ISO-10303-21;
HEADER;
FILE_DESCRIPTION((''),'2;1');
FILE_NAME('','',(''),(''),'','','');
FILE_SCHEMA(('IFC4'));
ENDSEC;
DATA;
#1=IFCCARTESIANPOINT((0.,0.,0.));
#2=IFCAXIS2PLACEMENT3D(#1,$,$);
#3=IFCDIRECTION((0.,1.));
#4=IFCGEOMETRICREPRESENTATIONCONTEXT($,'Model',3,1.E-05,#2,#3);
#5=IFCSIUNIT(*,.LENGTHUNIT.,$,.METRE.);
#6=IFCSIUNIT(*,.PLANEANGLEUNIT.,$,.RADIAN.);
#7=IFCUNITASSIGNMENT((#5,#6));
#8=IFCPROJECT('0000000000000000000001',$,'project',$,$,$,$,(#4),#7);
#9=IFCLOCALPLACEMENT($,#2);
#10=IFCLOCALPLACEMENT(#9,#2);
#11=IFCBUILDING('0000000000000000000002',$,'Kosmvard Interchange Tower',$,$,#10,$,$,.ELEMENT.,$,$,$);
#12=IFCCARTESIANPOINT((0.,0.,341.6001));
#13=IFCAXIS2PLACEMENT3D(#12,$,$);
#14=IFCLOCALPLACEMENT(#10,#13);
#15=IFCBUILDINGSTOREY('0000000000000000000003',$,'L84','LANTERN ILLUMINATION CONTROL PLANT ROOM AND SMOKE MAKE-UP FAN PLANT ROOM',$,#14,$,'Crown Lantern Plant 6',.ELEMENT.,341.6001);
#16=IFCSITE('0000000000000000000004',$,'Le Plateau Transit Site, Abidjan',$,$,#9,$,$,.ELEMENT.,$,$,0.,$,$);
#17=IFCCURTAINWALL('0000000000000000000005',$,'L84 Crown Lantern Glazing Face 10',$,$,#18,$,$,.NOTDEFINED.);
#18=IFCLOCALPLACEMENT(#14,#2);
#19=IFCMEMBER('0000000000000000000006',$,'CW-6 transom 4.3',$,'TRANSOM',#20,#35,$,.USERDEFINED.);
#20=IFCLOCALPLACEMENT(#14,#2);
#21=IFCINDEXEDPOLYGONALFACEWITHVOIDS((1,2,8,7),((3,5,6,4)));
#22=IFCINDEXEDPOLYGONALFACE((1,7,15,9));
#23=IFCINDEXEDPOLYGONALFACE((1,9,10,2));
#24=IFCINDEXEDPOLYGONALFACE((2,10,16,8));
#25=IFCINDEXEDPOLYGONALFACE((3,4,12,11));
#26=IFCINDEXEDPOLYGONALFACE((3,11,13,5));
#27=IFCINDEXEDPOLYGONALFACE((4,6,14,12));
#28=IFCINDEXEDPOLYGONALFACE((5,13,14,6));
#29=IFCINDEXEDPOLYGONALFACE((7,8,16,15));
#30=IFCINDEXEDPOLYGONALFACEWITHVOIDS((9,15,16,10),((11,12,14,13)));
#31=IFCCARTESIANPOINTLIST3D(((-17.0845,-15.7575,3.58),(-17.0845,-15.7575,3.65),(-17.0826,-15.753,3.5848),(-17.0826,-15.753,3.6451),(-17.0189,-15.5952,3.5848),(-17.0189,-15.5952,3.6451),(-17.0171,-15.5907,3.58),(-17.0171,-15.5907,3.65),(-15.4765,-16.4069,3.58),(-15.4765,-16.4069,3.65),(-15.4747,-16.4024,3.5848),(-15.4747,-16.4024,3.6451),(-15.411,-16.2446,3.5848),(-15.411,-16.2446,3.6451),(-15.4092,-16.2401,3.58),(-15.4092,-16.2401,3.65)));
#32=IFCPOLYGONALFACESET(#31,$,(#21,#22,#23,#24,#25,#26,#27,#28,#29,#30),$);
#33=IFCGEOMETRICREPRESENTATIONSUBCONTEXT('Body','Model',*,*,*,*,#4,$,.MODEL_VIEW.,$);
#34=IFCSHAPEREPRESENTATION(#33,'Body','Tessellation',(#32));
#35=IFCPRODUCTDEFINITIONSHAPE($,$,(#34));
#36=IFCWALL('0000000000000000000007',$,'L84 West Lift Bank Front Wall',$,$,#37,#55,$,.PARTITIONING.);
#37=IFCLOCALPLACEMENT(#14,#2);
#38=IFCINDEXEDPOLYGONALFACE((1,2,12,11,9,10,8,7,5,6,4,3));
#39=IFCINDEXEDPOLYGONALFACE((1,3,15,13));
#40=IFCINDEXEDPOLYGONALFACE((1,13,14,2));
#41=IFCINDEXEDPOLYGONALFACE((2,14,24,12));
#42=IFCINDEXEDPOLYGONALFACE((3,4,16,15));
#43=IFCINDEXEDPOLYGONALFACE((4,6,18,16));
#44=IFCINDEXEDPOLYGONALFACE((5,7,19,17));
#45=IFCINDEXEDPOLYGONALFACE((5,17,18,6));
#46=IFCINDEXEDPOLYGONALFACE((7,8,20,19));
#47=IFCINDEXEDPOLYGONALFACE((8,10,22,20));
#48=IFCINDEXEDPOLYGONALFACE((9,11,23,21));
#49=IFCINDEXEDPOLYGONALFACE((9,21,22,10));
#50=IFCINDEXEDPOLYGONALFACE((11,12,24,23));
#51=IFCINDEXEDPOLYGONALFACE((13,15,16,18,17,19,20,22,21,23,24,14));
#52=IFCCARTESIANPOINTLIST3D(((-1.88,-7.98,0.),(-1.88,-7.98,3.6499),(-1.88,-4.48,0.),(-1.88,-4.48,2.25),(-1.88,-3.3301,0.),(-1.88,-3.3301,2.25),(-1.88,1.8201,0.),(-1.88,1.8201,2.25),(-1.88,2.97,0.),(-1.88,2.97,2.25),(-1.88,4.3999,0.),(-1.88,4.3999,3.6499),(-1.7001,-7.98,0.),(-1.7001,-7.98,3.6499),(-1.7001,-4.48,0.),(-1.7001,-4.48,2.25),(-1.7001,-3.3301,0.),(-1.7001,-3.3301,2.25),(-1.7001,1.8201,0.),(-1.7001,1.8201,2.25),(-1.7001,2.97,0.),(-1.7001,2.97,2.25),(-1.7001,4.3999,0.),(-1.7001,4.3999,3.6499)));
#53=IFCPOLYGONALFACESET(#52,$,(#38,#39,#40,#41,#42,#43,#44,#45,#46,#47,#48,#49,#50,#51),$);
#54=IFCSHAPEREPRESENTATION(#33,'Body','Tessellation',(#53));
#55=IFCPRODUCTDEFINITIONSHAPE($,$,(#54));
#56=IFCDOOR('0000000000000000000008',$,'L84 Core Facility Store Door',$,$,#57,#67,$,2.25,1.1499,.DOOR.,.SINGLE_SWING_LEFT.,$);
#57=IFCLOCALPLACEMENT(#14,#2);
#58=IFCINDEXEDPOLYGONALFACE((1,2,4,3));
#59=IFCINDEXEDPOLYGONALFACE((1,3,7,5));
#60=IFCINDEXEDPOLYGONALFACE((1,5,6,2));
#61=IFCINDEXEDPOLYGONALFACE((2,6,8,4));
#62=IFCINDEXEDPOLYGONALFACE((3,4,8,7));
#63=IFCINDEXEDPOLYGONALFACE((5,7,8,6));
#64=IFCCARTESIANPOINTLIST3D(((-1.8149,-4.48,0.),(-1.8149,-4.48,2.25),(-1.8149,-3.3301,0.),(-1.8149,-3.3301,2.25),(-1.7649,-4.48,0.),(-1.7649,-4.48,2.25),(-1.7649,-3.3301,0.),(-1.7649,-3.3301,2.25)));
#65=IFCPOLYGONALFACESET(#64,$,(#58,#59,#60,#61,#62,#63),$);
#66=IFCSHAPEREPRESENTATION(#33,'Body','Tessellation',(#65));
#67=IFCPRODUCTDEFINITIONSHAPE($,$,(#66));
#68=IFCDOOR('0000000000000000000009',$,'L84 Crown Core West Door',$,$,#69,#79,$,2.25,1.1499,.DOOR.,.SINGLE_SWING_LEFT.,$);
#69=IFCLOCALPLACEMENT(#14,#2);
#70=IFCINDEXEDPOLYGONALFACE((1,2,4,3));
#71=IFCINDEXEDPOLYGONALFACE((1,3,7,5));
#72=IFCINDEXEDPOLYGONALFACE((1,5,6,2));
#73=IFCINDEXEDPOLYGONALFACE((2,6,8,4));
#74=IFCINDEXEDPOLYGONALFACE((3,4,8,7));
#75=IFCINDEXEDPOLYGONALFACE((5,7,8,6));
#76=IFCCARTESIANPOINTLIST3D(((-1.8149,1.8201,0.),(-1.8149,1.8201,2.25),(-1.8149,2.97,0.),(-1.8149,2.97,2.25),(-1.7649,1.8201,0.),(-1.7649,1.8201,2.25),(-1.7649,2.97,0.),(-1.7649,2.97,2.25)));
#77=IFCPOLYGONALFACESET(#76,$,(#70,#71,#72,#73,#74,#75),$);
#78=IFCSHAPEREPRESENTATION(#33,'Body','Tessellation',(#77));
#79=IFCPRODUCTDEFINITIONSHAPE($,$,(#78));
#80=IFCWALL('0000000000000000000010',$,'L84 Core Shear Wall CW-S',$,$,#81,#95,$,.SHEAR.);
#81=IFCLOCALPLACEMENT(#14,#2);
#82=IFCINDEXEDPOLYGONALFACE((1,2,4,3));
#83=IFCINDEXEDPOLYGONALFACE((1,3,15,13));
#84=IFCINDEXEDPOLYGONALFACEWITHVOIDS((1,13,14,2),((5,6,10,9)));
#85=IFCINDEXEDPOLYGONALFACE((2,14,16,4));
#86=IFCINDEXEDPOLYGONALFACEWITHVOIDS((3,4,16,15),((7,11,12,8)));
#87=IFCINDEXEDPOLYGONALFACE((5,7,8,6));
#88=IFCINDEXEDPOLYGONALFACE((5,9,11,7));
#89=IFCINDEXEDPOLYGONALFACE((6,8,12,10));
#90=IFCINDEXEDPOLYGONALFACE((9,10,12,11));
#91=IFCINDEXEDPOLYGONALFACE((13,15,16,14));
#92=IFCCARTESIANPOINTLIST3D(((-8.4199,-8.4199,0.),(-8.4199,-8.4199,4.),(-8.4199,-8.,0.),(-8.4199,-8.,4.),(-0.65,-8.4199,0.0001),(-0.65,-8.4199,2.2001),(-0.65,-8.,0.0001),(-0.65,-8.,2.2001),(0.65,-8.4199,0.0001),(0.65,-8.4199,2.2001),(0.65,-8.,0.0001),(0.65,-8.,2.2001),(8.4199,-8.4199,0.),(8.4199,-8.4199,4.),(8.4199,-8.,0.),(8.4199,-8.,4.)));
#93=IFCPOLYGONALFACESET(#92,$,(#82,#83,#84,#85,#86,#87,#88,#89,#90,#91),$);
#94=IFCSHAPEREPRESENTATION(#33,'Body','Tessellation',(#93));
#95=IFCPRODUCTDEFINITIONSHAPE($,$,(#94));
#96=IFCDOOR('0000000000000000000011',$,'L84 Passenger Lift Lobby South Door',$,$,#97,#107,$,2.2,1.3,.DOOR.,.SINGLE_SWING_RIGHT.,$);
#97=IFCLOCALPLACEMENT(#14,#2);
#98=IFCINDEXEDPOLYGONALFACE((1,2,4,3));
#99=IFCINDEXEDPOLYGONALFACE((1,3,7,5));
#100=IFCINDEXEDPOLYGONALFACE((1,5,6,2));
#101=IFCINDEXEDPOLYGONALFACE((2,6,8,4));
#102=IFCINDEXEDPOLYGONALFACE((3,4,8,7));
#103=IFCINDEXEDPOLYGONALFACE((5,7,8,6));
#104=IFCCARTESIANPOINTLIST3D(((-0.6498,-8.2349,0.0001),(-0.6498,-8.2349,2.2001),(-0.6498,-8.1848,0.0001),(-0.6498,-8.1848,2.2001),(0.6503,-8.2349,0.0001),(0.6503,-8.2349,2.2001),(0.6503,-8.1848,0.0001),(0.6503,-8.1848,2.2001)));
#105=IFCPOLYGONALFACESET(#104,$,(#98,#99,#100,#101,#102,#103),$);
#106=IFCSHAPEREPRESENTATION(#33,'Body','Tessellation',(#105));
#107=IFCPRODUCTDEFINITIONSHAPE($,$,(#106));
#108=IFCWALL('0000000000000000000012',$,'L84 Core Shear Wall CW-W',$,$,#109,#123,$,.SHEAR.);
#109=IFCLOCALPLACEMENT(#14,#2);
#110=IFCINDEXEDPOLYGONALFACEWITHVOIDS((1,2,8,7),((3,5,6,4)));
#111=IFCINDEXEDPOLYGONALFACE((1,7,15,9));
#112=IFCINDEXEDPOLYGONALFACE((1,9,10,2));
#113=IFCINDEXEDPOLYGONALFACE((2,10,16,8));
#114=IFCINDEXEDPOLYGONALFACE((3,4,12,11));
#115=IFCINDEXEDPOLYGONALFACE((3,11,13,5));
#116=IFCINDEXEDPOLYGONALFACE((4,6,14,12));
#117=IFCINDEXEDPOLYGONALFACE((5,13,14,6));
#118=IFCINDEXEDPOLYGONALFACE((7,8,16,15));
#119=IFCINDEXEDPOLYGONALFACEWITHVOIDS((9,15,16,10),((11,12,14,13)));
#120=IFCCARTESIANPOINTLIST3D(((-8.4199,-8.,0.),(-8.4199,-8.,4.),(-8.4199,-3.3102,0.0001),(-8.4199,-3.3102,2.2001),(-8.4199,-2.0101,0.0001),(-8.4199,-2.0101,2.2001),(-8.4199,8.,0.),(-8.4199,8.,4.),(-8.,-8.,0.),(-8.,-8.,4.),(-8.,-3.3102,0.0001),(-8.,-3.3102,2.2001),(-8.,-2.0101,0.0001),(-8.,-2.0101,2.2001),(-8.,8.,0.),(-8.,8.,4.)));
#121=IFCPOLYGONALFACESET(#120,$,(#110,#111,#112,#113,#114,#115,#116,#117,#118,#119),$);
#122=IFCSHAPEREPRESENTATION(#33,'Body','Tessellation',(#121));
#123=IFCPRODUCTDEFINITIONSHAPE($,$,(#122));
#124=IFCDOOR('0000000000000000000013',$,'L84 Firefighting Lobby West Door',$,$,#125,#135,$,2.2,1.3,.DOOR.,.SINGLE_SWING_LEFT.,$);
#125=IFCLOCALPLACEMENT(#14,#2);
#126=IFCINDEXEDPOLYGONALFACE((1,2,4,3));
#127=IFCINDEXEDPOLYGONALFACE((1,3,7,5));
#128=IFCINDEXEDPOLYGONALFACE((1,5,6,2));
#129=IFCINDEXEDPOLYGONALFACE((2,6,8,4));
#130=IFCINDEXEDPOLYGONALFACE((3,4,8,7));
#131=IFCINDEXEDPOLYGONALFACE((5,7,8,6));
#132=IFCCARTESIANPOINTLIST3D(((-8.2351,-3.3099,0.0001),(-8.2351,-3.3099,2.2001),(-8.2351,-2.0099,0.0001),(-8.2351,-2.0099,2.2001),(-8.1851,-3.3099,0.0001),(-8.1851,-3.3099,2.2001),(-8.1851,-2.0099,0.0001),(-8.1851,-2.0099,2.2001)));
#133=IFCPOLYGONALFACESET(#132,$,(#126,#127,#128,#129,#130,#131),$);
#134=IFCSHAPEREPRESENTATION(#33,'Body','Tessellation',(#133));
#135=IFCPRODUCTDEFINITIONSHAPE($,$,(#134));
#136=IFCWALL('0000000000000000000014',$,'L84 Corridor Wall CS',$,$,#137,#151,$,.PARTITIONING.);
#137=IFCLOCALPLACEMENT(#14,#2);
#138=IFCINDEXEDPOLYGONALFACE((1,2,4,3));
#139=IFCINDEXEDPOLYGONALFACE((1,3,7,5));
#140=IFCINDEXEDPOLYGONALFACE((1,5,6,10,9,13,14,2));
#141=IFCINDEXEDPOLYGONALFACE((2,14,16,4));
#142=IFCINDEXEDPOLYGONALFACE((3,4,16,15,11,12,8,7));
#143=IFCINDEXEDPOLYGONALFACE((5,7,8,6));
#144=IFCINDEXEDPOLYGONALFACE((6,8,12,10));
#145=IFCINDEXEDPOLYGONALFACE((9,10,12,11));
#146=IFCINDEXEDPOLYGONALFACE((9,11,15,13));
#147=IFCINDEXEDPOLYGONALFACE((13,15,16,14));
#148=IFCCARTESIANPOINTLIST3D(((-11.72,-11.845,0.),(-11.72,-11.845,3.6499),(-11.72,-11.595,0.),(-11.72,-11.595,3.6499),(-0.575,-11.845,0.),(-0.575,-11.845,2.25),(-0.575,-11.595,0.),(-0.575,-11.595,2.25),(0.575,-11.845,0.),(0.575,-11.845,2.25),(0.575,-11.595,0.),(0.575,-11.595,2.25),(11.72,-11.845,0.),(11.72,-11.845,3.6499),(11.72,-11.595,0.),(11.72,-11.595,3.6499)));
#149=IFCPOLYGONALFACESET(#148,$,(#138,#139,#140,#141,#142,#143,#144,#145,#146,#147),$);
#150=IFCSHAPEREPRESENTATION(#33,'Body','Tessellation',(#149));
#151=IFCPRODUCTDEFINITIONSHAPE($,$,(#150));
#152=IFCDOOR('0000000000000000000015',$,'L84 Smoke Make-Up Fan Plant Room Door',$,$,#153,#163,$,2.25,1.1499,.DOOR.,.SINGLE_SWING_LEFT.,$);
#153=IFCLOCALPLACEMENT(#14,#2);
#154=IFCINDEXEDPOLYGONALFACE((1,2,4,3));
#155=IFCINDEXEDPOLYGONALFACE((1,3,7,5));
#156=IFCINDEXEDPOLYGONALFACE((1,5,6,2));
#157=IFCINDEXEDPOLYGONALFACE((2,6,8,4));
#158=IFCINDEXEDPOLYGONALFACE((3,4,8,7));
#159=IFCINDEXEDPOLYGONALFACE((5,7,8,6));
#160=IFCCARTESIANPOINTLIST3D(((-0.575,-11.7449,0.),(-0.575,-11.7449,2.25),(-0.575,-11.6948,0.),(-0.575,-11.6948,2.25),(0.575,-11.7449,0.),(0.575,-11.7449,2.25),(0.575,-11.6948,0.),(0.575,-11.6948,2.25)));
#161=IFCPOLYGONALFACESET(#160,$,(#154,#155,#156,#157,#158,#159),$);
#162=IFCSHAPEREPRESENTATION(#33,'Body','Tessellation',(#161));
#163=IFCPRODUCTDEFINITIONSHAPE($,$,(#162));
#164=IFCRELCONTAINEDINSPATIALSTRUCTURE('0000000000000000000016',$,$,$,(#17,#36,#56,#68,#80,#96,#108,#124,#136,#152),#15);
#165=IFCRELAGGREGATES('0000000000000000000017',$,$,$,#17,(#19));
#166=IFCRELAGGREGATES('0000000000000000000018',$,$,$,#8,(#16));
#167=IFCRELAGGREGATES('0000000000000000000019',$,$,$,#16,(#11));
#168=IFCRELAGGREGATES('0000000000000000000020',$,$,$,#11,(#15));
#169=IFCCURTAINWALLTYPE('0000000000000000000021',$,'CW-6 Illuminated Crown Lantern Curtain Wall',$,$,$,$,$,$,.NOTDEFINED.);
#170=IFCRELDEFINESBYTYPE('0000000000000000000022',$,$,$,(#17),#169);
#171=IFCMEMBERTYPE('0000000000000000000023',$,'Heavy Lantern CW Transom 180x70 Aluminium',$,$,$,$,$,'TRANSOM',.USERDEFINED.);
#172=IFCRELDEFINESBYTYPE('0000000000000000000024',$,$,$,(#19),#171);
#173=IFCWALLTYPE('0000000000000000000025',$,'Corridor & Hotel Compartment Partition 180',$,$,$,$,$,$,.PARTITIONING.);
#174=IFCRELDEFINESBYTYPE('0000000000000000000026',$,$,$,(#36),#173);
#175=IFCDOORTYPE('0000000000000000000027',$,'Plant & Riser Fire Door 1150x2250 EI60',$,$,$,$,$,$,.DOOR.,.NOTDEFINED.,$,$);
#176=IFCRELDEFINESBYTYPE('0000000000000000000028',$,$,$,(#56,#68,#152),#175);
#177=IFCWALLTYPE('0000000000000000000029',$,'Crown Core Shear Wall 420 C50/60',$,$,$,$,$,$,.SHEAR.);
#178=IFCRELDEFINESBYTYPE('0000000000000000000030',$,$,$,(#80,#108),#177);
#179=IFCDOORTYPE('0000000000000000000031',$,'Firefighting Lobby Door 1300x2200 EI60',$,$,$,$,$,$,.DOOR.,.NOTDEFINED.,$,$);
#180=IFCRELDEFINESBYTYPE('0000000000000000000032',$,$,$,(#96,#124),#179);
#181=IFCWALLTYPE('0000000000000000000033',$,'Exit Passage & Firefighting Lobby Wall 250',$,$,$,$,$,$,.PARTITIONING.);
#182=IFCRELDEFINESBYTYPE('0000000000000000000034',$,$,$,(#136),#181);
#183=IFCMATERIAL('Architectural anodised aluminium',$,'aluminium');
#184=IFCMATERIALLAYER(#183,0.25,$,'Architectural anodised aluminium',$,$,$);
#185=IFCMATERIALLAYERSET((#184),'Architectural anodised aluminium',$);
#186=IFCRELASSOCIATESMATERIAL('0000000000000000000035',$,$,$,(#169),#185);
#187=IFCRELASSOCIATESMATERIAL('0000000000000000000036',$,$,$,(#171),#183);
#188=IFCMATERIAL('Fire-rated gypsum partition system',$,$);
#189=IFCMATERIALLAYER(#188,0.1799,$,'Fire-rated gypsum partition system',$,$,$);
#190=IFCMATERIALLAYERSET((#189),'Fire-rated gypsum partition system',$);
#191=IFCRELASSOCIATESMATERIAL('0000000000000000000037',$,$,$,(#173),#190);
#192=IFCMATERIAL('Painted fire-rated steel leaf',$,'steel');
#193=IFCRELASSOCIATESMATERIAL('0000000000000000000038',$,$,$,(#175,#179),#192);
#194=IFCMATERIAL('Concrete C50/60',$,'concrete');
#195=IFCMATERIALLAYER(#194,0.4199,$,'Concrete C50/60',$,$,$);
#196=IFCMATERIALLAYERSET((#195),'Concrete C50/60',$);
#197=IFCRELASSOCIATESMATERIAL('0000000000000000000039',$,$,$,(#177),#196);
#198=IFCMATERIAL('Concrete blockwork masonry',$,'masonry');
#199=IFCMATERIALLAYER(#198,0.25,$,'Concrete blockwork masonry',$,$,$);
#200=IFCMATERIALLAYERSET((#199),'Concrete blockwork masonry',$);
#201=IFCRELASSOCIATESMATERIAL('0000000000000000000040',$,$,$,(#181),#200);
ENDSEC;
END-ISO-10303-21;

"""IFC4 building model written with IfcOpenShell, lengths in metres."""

from ifc_helpers import new_model, si_unit, direction, frame, frame_2d, origin, origin_2d, place, context, subcontext, project, spatial, rectangle, hollow_rectangle, extrude, source, transform, mapped, material, layer, layer_set, material_profile, profile_set, type_object, element, fill, aggregate, save


model = new_model("IFC4")

# Units and contexts
model_context = context("Model", 3, precision=1e-05, world=origin(), true_north=direction((0.0, 1.0)))
body_context = subcontext(model_context, "Body", "Model", "MODEL_VIEW")
ifc_project = project(units=[si_unit("LENGTHUNIT", "METRE"), si_unit("PLANEANGLEUNIT", "RADIAN")], contexts=[model_context])

# Site, building, storey
site_placement = place(None, origin())
site = spatial("IfcSite", under=ifc_project, at=site_placement, Name="Le Plateau Transit Site, Abidjan", CompositionType="ELEMENT", RefElevation=0.0)
building_placement = place(site_placement, origin())
building = spatial("IfcBuilding", under=site, at=building_placement, Name="Kosmvard Interchange Tower", CompositionType="ELEMENT")
storey_placement = place(building_placement, frame((0.0, 0.0, 341.6001)))
storey = spatial("IfcBuildingStorey", under=building, at=storey_placement, Name="L84", Description="LANTERN ILLUMINATION CONTROL PLANT ROOM AND SMOKE MAKE-UP FAN PLANT ROOM", LongName="Crown Lantern Plant 6", CompositionType="ELEMENT", Elevation=341.6001)

# Shared definitions
ifc_material_1 = material(Name="Concrete C50/60", Category="concrete")

# Curtain wall, member
ifc_material_2 = material(Name="Architectural anodised aluminium", Category="aluminium")
ifc_layer_1 = layer(ifc_material_2, 0.25, Name="Architectural anodised aluminium")
ifc_layer_set_1 = layer_set([ifc_layer_1], Name="Architectural anodised aluminium")
curtain_wall_type = type_object("IfcCurtainWallType", Name="CW-6 Illuminated Crown Lantern Curtain Wall", PredefinedType="NOTDEFINED", material=ifc_layer_set_1)
curtain_wall_placement = place(storey_placement, origin())
curtain_wall = element("IfcCurtainWall", 1, at=curtain_wall_placement, inside=storey, type_object=curtain_wall_type, Name="L84 Crown Lantern Glazing Face 10", PredefinedType="NOTDEFINED")
ifc_material_profile_1 = material_profile(ifc_material_2, hollow_rectangle(XDim=0.1799, YDim=0.0701, WallThickness=0.0049, at=origin_2d()), Name="CWT 180x70x5")
ifc_profile_set_1 = profile_set([ifc_material_profile_1], Name="Architectural anodised aluminium")
member_type = type_object("IfcMemberType", Name="Heavy Lantern CW Transom 180x70 Aluminium", ElementType="TRANSOM", PredefinedType="USERDEFINED", material=ifc_profile_set_1)
shared_shape_1 = source(origin(), body_context, "Body", "SweptSolid", [
    extrude(hollow_rectangle(XDim=0.1799, YDim=0.0701, WallThickness=0.0049, at=origin_2d()), origin(), (0.0, 0.0, 1.0), 1.7341),
])
member_1_placement = place(storey_placement, frame((-17.0508, -15.6741, 3.615), z_axis=(0.927229, -0.374496, 0.0), x_axis=(0.374496, 0.927229, 0.0)))
member_1 = element("IfcMember", 2, at=member_1_placement, type_object=member_type, Name="CW-6 transom 4.3", ObjectType="TRANSOM", PredefinedType="USERDEFINED", context=body_context, shape_type="MappedRepresentation", body=[
    mapped(shared_shape_1, transform((0.0, 0.0, 0.0), scale=1.0)),
])
aggregate(curtain_wall, [member_1])

# Wall, openings, doors
ifc_material_3 = material(Name="Fire-rated gypsum partition system")
ifc_layer_2 = layer(ifc_material_3, 0.1799, Name="Fire-rated gypsum partition system")
ifc_layer_set_2 = layer_set([ifc_layer_2], Name="Fire-rated gypsum partition system")
wall_type_1 = type_object("IfcWallType", Name="Corridor & Hotel Compartment Partition 180", PredefinedType="PARTITIONING", material=ifc_layer_set_2)
wall_1_placement = place(storey_placement, frame((-1.79, -7.98, 0.0), z_axis=(0.0, 0.0, 1.0), x_axis=(0.0, 1.0, 0.0)))
wall_1 = element("IfcWall", 3, at=wall_1_placement, inside=storey, type_object=wall_type_1, Name="L84 West Lift Bank Front Wall", PredefinedType="PARTITIONING", context=body_context, shape_type="SweptSolid", body=[
    extrude(rectangle(XDim=12.3799, YDim=0.1799, at=frame_2d((6.1899, 0.0))), origin(), (0.0, 0.0, 1.0), 3.6499),
])
opening_1_placement = place(wall_1_placement, frame((3.5, 0.0, 0.0)))
opening_1 = element("IfcOpeningElement", 4, at=opening_1_placement, cuts=wall_1, PredefinedType="OPENING", context=body_context, shape_type="SweptSolid", body=[
    extrude(rectangle(XDim=1.1499, YDim=2.25, at=frame_2d((0.575, 1.125))), frame((0.0, 0.1001, 0.0), z_axis=(0.0, -1.0, 0.0), x_axis=(1.0, 0.0, 0.0)), (0.0, 0.0, 1.0), 0.2),
])
opening_2_placement = place(wall_1_placement, frame((9.8, 0.0, 0.0)))
opening_2 = element("IfcOpeningElement", 5, at=opening_2_placement, cuts=wall_1, PredefinedType="OPENING", context=body_context, shape_type="SweptSolid", body=[
    extrude(rectangle(XDim=1.1499, YDim=2.25, at=frame_2d((0.575, 1.125))), frame((0.0, 0.1001, 0.0), z_axis=(0.0, -1.0, 0.0), x_axis=(1.0, 0.0, 0.0)), (0.0, 0.0, 1.0), 0.2),
])
ifc_material_4 = material(Name="Painted fire-rated steel leaf", Category="steel")
door_type_1 = type_object("IfcDoorType", Name="Plant & Riser Fire Door 1150x2250 EI60", OperationType="NOTDEFINED", PredefinedType="DOOR", material=ifc_material_4)
shared_shape_2 = source(origin(), body_context, "Body", "SweptSolid", [
    extrude(rectangle(XDim=1.1499, YDim=2.25, at=frame_2d((0.575, 1.125))), frame((0.0, 0.0249, 0.0), z_axis=(0.0, -1.0, 0.0), x_axis=(1.0, 0.0, 0.0)), (0.0, 0.0, 1.0), 0.05),
])
door_1_placement = place(opening_1_placement, origin())
door_1 = element("IfcDoor", 6, at=door_1_placement, inside=storey, type_object=door_type_1, Name="L84 Core Facility Store Door", OperationType="SINGLE_SWING_LEFT", OverallHeight=2.25, OverallWidth=1.1499, PredefinedType="DOOR", context=body_context, shape_type="MappedRepresentation", body=[
    mapped(shared_shape_2, transform((0.0, 0.0, 0.0), scale=1.0)),
])
fill(opening_1, door_1)
door_2_placement = place(opening_2_placement, origin())
door_2 = element("IfcDoor", 7, at=door_2_placement, inside=storey, type_object=door_type_1, Name="L84 Crown Core West Door", OperationType="SINGLE_SWING_LEFT", OverallHeight=2.25, OverallWidth=1.1499, PredefinedType="DOOR", context=body_context, shape_type="MappedRepresentation", body=[
    mapped(shared_shape_2, transform((0.0, 0.0, 0.0), scale=1.0)),
])
fill(opening_2, door_2)

# Walls, openings, doors
ifc_layer_3 = layer(ifc_material_1, 0.4199, Name="Concrete C50/60")
ifc_layer_set_3 = layer_set([ifc_layer_3], Name="Concrete C50/60")
wall_type_2 = type_object("IfcWallType", Name="Crown Core Shear Wall 420 C50/60", PredefinedType="SHEAR", material=ifc_layer_set_3)
wall_2_placement = place(storey_placement, frame((-8.4199, -8.21, 0.0), z_axis=(0.0, 0.0, 1.0), x_axis=(1.0, 0.0, 0.0)))
wall_2 = element("IfcWall", 8, at=wall_2_placement, inside=storey, type_object=wall_type_2, Name="L84 Core Shear Wall CW-S", PredefinedType="SHEAR", context=body_context, shape_type="SweptSolid", body=[
    extrude(rectangle(XDim=16.8398, YDim=0.4199, at=frame_2d((8.4199, 0.0))), origin(), (0.0, 0.0, 1.0), 4.0),
])
opening_3_placement = place(wall_2_placement, frame((7.77, 0.0, 0.0)))
opening_3 = element("IfcOpeningElement", 9, at=opening_3_placement, cuts=wall_2, PredefinedType="OPENING", context=body_context, shape_type="SweptSolid", body=[
    extrude(rectangle(XDim=1.3, YDim=2.2, at=frame_2d((0.6499, 1.1001))), frame((0.0, 0.22, 0.0), z_axis=(0.0, -1.0, 0.0), x_axis=(1.0, 0.0, 0.0)), (0.0, 0.0, 1.0), 0.4399),
])
door_type_2 = type_object("IfcDoorType", Name="Firefighting Lobby Door 1300x2200 EI60", OperationType="NOTDEFINED", PredefinedType="DOOR", material=ifc_material_4)
shared_shape_3 = source(origin(), body_context, "Body", "SweptSolid", [
    extrude(rectangle(XDim=1.3, YDim=2.2, at=frame_2d((0.6499, 1.1001))), frame((0.0, 0.0249, 0.0), z_axis=(0.0, -1.0, 0.0), x_axis=(1.0, 0.0, 0.0)), (0.0, 0.0, 1.0), 0.05),
])
door_3_placement = place(opening_3_placement, frame((1.3, 0.0, 0.0), z_axis=(0.0, 0.0, 1.0), x_axis=(-1.0, 0.0, 0.0)))
door_3 = element("IfcDoor", 10, at=door_3_placement, inside=storey, type_object=door_type_2, Name="L84 Passenger Lift Lobby South Door", OperationType="SINGLE_SWING_RIGHT", OverallHeight=2.2, OverallWidth=1.3, PredefinedType="DOOR", context=body_context, shape_type="MappedRepresentation", body=[
    mapped(shared_shape_3, transform((0.0, 0.0, 0.0), scale=1.0)),
])
fill(opening_3, door_3)
wall_3_placement = place(storey_placement, frame((-8.21, -8.0, 0.0), z_axis=(0.0, 0.0, 1.0), x_axis=(0.0, 1.0, 0.0)))
wall_3 = element("IfcWall", 11, at=wall_3_placement, inside=storey, type_object=wall_type_2, Name="L84 Core Shear Wall CW-W", PredefinedType="SHEAR", context=body_context, shape_type="SweptSolid", body=[
    extrude(rectangle(XDim=16.0, YDim=0.4199, at=frame_2d((8.0, 0.0))), origin(), (0.0, 0.0, 1.0), 4.0),
])
opening_4_placement = place(wall_3_placement, frame((4.6899, 0.0, 0.0)))
opening_4 = element("IfcOpeningElement", 12, at=opening_4_placement, cuts=wall_3, PredefinedType="OPENING", context=body_context, shape_type="SweptSolid", body=[
    extrude(rectangle(XDim=1.3, YDim=2.2, at=frame_2d((0.6499, 1.1001))), frame((0.0, 0.22, 0.0), z_axis=(0.0, -1.0, 0.0), x_axis=(1.0, 0.0, 0.0)), (0.0, 0.0, 1.0), 0.4399),
])
door_4_placement = place(opening_4_placement, frame((1.3, 0.0, 0.0), z_axis=(0.0, 0.0, 1.0), x_axis=(-1.0, 0.0, 0.0)))
door_4 = element("IfcDoor", 13, at=door_4_placement, inside=storey, type_object=door_type_2, Name="L84 Firefighting Lobby West Door", OperationType="SINGLE_SWING_LEFT", OverallHeight=2.2, OverallWidth=1.3, PredefinedType="DOOR", context=body_context, shape_type="MappedRepresentation", body=[
    mapped(shared_shape_3, transform((0.0, 0.0, 0.0), scale=1.0)),
])
fill(opening_4, door_4)
ifc_material_5 = material(Name="Concrete blockwork masonry", Category="masonry")
ifc_layer_4 = layer(ifc_material_5, 0.25, Name="Concrete blockwork masonry")
ifc_layer_set_4 = layer_set([ifc_layer_4], Name="Concrete blockwork masonry")
wall_type_3 = type_object("IfcWallType", Name="Exit Passage & Firefighting Lobby Wall 250", PredefinedType="PARTITIONING", material=ifc_layer_set_4)
wall_4_placement = place(storey_placement, frame((-11.72, -11.72, 0.0), z_axis=(0.0, 0.0, 1.0), x_axis=(1.0, 0.0, 0.0)))
wall_4 = element("IfcWall", 14, at=wall_4_placement, inside=storey, type_object=wall_type_3, Name="L84 Corridor Wall CS", PredefinedType="PARTITIONING", context=body_context, shape_type="SweptSolid", body=[
    extrude(rectangle(XDim=23.4399, YDim=0.25, at=frame_2d((11.72, 0.0))), origin(), (0.0, 0.0, 1.0), 3.6499),
])
opening_5_placement = place(wall_4_placement, frame((11.145, 0.0, 0.0)))
opening_5 = element("IfcOpeningElement", 15, at=opening_5_placement, cuts=wall_4, PredefinedType="OPENING", context=body_context, shape_type="SweptSolid", body=[
    extrude(rectangle(XDim=1.1499, YDim=2.25, at=frame_2d((0.575, 1.125))), frame((0.0, 0.135, 0.0), z_axis=(0.0, -1.0, 0.0), x_axis=(1.0, 0.0, 0.0)), (0.0, 0.0, 1.0), 0.27),
])
door_5_placement = place(opening_5_placement, frame((1.1499, 0.0, 0.0), z_axis=(0.0, 0.0, 1.0), x_axis=(-1.0, 0.0, 0.0)))
door_5 = element("IfcDoor", 16, at=door_5_placement, inside=storey, type_object=door_type_1, Name="L84 Smoke Make-Up Fan Plant Room Door", OperationType="SINGLE_SWING_LEFT", OverallHeight=2.25, OverallWidth=1.1499, PredefinedType="DOOR", context=body_context, shape_type="MappedRepresentation", body=[
    mapped(shared_shape_2, transform((0.0, 0.0, 0.0), scale=1.0)),
])
fill(opening_5, door_5)

save(model, "model.ifc")
